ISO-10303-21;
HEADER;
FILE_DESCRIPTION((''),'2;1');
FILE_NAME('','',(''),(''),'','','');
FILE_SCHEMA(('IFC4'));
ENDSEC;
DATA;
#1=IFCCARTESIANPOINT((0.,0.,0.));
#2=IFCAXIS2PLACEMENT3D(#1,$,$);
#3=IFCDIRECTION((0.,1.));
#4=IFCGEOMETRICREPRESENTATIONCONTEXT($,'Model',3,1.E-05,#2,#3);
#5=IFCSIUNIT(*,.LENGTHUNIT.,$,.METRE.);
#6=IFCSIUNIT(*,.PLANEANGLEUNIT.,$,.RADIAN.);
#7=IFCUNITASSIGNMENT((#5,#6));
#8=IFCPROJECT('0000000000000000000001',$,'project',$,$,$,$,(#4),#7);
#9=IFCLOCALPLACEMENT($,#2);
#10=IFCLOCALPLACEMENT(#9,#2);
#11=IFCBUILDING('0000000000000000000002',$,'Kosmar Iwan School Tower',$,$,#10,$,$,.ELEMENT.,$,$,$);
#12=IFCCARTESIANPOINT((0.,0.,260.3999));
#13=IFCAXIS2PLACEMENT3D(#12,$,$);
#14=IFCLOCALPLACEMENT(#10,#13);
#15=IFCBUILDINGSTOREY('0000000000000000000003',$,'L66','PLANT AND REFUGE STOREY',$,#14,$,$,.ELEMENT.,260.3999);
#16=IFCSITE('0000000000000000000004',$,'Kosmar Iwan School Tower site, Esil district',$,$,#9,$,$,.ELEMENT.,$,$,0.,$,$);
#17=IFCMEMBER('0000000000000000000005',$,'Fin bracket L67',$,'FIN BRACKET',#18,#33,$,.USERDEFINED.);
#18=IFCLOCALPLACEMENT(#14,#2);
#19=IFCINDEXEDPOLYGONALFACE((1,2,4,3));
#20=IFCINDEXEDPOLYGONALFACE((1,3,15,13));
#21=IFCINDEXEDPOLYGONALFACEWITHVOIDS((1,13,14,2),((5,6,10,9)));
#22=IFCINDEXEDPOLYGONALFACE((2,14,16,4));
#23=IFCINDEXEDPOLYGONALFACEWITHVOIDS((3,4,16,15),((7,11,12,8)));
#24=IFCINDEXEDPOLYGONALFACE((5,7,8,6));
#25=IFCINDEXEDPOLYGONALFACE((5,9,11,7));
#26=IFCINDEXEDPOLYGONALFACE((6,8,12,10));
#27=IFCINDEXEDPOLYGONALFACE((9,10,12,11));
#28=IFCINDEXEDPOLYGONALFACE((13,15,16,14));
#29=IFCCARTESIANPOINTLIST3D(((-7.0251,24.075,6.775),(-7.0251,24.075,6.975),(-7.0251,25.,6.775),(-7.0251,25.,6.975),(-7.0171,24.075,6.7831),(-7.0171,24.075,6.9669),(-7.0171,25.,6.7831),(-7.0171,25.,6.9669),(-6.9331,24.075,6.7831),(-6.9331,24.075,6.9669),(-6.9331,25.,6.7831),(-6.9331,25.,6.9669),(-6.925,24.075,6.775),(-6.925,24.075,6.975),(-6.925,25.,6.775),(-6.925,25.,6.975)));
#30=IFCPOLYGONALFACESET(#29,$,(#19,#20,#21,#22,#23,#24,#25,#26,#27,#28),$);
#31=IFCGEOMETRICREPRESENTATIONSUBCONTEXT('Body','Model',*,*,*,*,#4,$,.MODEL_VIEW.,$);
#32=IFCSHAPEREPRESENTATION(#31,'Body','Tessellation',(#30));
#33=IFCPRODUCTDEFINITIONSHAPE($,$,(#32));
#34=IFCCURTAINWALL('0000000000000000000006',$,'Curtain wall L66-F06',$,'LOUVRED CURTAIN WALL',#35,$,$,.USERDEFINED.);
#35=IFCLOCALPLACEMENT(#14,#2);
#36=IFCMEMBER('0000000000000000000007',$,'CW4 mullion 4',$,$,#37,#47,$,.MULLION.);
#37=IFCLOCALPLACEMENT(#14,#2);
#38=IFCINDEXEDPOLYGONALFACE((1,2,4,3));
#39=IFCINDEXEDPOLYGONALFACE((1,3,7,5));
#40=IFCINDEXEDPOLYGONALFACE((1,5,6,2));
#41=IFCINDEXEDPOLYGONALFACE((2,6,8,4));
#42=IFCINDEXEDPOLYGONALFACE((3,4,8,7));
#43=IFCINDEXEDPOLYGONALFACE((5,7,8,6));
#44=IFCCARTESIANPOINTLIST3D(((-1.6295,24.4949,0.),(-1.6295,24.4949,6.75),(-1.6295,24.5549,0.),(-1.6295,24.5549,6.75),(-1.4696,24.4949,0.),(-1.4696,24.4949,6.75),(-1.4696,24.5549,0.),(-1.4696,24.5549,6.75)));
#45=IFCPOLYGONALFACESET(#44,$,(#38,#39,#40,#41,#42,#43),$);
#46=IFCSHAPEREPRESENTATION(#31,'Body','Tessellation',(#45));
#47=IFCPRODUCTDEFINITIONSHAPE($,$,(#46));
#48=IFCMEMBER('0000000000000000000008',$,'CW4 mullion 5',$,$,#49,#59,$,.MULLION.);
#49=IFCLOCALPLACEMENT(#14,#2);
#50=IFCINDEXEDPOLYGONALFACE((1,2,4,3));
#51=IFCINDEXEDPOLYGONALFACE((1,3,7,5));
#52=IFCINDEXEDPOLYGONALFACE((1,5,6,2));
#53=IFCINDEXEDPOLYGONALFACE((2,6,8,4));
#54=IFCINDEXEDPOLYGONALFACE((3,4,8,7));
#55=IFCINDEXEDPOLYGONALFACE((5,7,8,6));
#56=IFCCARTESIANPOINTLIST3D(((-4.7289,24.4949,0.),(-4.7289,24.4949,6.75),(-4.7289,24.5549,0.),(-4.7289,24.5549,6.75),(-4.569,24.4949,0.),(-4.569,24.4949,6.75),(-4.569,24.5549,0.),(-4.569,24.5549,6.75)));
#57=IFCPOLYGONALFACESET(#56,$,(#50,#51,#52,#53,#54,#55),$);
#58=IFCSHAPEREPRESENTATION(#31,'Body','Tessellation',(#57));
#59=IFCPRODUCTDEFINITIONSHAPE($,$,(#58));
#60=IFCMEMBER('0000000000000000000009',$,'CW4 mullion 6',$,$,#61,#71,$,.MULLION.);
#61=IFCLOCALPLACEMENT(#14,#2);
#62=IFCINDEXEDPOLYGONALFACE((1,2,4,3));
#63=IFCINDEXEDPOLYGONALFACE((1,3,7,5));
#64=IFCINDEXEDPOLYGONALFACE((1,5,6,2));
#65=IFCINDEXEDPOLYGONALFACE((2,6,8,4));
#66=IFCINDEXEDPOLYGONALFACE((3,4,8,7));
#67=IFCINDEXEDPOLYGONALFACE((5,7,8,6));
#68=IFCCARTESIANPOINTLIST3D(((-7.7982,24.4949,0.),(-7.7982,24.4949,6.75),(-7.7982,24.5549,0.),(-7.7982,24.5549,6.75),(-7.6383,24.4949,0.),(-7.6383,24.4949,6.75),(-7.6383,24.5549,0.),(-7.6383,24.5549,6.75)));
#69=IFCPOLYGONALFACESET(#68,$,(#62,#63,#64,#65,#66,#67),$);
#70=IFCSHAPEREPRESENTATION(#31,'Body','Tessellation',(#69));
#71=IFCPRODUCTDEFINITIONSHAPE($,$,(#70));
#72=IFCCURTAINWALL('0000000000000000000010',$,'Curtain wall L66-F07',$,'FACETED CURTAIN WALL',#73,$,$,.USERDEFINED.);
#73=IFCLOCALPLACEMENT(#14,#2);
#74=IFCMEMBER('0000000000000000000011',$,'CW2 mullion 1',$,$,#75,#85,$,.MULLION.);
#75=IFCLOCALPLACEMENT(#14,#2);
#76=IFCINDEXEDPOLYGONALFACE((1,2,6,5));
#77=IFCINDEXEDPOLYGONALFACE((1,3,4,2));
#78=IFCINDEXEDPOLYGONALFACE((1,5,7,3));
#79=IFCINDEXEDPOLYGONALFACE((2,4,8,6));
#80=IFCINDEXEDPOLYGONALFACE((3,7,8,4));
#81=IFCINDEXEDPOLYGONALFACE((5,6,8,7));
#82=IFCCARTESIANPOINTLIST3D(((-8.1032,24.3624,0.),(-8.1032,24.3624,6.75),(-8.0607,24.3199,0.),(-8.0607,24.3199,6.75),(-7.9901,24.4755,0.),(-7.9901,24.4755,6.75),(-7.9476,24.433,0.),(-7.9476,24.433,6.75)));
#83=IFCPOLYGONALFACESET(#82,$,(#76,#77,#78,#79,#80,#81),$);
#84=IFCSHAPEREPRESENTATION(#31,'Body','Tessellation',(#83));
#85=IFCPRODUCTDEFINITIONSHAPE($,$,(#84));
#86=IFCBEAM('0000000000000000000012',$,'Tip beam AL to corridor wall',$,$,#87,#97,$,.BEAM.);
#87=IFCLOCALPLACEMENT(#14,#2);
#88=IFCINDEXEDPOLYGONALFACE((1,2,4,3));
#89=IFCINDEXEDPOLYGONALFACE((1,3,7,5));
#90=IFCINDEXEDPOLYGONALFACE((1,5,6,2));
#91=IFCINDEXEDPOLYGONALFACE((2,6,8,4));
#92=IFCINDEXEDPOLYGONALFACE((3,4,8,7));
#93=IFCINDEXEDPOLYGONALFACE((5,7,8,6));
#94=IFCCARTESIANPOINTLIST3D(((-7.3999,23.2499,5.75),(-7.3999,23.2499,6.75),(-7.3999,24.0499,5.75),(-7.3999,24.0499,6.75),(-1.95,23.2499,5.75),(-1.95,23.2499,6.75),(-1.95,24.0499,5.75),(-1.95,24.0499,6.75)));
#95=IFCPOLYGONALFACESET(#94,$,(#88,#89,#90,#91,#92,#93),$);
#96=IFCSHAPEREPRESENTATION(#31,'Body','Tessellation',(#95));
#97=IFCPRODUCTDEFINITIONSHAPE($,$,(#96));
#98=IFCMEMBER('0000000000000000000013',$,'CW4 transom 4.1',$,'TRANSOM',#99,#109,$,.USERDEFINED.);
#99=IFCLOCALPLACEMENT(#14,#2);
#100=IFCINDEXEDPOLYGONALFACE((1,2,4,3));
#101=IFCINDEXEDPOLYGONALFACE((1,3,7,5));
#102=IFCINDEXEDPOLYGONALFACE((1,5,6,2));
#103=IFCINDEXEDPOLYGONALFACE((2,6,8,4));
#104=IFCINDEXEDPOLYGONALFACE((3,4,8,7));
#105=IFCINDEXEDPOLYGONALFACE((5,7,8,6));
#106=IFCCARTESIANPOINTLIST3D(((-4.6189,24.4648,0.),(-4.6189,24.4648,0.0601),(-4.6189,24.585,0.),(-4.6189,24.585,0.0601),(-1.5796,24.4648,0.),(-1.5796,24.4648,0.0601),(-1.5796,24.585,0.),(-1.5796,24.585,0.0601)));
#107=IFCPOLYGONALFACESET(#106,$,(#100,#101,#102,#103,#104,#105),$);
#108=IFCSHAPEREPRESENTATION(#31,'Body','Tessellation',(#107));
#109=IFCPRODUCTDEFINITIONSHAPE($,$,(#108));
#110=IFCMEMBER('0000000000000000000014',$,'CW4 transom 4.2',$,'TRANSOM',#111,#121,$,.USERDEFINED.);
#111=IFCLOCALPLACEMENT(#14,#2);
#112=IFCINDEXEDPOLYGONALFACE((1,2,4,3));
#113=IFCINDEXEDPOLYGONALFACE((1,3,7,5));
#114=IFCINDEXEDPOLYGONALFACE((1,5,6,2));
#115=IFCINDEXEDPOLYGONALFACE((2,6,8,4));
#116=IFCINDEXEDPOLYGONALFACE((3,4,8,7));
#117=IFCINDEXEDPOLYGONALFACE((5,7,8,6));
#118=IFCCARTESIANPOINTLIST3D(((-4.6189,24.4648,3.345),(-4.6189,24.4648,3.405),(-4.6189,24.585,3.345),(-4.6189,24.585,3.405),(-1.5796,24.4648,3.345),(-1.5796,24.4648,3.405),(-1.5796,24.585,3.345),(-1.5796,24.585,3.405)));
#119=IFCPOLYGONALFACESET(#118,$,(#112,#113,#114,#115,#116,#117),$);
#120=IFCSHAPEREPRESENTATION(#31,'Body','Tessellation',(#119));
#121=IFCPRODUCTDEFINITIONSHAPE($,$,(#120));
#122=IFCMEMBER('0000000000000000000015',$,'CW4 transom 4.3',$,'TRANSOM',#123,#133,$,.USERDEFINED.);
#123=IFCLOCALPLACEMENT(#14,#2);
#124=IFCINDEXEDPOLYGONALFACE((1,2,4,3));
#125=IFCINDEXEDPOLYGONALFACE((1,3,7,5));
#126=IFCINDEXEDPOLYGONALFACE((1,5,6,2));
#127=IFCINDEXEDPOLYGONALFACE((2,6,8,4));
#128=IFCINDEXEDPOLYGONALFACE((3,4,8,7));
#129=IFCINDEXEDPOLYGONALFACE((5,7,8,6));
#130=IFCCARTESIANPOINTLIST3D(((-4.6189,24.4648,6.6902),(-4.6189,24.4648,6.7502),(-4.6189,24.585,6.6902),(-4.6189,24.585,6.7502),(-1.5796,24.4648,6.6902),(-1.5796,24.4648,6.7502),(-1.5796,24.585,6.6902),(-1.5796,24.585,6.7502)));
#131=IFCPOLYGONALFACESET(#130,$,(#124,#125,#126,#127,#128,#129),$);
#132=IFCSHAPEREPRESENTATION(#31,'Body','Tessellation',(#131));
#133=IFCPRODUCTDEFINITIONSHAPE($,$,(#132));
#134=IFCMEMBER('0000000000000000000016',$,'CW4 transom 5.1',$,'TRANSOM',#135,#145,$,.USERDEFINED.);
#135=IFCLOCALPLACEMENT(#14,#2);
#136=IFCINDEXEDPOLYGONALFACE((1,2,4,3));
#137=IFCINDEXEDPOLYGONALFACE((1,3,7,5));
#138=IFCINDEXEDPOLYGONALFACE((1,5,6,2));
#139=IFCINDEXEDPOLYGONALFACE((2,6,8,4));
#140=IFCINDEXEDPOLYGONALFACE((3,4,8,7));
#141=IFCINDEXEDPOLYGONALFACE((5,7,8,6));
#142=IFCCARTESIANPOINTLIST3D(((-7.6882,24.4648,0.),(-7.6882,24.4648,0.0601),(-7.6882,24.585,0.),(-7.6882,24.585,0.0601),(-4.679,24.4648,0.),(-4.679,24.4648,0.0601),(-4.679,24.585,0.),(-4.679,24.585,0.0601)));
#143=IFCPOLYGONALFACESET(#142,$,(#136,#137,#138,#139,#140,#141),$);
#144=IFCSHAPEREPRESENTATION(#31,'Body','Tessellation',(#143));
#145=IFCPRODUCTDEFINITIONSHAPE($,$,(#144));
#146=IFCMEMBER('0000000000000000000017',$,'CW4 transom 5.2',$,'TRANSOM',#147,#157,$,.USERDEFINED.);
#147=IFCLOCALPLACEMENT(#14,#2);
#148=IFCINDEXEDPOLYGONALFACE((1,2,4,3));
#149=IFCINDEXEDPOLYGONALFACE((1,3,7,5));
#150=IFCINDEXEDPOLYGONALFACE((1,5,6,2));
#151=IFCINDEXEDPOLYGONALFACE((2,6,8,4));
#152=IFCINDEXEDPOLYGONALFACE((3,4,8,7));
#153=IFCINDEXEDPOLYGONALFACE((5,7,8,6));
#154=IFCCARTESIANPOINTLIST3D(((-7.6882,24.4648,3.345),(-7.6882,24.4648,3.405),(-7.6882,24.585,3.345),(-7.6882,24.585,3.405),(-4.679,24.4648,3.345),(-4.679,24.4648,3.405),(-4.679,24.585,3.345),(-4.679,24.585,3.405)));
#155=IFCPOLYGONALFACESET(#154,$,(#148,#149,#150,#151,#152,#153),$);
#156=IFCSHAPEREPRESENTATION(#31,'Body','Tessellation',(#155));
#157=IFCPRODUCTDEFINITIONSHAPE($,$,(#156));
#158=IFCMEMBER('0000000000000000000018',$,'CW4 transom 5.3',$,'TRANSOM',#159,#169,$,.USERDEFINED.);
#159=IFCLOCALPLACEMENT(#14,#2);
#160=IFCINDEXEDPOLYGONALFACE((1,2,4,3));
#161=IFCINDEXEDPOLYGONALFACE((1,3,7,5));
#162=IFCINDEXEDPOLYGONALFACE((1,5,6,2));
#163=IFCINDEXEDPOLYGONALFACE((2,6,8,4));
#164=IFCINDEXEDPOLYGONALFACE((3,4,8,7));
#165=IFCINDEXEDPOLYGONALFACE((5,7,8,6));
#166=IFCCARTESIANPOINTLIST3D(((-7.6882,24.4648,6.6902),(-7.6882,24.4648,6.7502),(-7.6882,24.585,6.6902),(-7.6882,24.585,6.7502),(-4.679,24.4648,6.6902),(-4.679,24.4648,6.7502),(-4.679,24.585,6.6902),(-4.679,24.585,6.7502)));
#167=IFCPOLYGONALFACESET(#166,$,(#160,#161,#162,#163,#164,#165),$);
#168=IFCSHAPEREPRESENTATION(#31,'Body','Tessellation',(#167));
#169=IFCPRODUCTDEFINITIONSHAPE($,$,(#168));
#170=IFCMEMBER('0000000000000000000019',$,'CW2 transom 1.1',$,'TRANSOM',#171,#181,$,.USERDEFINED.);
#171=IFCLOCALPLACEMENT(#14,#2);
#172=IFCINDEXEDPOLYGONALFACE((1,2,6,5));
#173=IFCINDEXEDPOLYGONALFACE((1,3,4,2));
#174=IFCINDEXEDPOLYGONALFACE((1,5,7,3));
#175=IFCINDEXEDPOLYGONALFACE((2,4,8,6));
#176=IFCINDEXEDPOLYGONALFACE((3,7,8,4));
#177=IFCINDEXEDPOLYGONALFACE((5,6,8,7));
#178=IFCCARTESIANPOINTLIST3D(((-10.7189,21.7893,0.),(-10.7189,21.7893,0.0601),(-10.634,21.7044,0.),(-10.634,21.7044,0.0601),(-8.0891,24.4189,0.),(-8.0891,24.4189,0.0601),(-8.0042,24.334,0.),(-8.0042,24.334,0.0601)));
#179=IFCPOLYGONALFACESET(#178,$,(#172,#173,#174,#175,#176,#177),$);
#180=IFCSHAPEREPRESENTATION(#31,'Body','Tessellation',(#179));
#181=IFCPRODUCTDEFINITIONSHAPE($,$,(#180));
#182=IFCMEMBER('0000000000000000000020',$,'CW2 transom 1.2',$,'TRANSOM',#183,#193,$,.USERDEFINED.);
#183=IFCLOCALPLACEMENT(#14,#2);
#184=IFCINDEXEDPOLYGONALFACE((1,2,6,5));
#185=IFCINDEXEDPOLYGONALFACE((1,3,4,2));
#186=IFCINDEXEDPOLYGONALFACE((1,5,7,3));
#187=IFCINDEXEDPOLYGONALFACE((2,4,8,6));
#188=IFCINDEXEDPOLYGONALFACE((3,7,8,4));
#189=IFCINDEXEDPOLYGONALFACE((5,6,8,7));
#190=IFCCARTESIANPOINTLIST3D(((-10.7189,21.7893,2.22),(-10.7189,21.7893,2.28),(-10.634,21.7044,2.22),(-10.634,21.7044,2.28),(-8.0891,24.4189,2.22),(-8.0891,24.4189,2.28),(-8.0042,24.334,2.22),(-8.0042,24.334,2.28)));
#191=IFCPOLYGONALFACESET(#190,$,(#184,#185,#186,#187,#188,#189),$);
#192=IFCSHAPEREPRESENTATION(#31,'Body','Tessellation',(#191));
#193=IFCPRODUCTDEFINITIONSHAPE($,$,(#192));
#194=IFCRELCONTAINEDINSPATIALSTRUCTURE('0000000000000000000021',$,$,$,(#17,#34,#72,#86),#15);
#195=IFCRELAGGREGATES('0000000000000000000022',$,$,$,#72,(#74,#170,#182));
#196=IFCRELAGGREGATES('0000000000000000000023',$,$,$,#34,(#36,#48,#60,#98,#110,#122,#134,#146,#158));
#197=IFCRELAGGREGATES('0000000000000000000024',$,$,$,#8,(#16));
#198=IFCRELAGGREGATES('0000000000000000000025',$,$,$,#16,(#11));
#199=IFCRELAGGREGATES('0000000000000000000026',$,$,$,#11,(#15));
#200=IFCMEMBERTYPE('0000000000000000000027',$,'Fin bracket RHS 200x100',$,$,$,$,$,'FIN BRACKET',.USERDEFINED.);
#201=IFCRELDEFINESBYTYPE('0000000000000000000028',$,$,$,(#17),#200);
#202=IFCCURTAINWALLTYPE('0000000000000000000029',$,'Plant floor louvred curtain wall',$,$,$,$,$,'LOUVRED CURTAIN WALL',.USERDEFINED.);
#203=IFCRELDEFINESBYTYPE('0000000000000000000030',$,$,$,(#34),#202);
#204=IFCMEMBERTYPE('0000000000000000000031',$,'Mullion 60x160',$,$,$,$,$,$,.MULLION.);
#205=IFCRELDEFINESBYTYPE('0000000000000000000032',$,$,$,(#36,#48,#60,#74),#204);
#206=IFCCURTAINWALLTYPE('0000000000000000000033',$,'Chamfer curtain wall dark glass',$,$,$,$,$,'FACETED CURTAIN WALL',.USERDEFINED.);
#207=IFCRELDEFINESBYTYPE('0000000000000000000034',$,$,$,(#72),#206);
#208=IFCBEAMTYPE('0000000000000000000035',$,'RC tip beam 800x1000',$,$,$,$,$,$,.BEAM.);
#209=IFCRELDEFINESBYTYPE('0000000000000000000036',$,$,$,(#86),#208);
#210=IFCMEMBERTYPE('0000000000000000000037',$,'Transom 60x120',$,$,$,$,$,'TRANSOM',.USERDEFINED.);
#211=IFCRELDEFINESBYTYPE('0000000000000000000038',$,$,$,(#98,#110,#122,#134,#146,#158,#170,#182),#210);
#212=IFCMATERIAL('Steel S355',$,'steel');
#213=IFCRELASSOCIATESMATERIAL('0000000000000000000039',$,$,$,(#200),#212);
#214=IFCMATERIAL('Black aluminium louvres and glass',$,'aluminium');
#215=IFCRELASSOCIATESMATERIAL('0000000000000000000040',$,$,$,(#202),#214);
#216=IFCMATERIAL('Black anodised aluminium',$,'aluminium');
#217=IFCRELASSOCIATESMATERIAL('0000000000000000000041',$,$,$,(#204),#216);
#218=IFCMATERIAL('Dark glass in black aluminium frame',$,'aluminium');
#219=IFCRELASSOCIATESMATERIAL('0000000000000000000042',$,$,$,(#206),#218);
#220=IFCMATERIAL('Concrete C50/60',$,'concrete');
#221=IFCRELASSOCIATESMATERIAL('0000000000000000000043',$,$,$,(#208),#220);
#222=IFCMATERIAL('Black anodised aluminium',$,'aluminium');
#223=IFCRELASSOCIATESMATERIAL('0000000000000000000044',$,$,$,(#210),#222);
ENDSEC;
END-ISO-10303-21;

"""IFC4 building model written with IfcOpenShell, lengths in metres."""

from ifc_helpers import new_model, si_unit, direction, frame, origin, origin_2d, place, context, subcontext, project, spatial, rectangle, hollow_rectangle, extrude, material, material_profile, profile_set, type_object, element, aggregate, save


model = new_model("IFC4")

# Units and contexts
model_context = context("Model", 3, precision=1e-05, world=origin(), true_north=direction((0.0, 1.0)))
body_context = subcontext(model_context, "Body", "Model", "MODEL_VIEW")
ifc_project = project(units=[si_unit("LENGTHUNIT", "METRE"), si_unit("PLANEANGLEUNIT", "RADIAN")], contexts=[model_context])

# Site, building, storey
site_placement = place(None, origin())
site = spatial("IfcSite", under=ifc_project, at=site_placement, Name="Kosmar Iwan School Tower site, Esil district", CompositionType="ELEMENT", RefElevation=0.0)
building_placement = place(site_placement, origin())
building = spatial("IfcBuilding", under=site, at=building_placement, Name="Kosmar Iwan School Tower", CompositionType="ELEMENT")
storey_placement = place(building_placement, frame((0.0, 0.0, 260.3999)))
storey = spatial("IfcBuildingStorey", under=building, at=storey_placement, Name="L66", Description="PLANT AND REFUGE STOREY", CompositionType="ELEMENT", Elevation=260.3999)

# Member
ifc_material_1 = material(Name="Steel S355", Category="steel")
ifc_material_profile_1 = material_profile(ifc_material_1, hollow_rectangle(XDim=0.1001, YDim=0.2, WallThickness=0.0081, at=origin_2d()), Name="RHS 200x100x8")
ifc_profile_set_1 = profile_set([ifc_material_profile_1], Name="Steel S355")
member_type_1 = type_object("IfcMemberType", Name="Fin bracket RHS 200x100", ElementType="FIN BRACKET", PredefinedType="USERDEFINED", material=ifc_profile_set_1)
member_1_placement = place(storey_placement, frame((-6.9751, 24.075, 6.875), z_axis=(0.0, 1.0, 0.0), x_axis=(-1.0, 0.0, 0.0)))
element("IfcMember", 1, at=member_1_placement, inside=storey, type_object=member_type_1, Name="Fin bracket L67", ObjectType="FIN BRACKET", PredefinedType="USERDEFINED", context=body_context, shape_type="SweptSolid", body=[
    extrude(hollow_rectangle(XDim=0.1001, YDim=0.2, WallThickness=0.0081, at=origin_2d()), origin(), (0.0, 0.0, 1.0), 0.925),
])

# Curtain wall, members
ifc_material_2 = material(Name="Black aluminium louvres and glass", Category="aluminium")
curtain_wall_type_1 = type_object("IfcCurtainWallType", Name="Plant floor louvred curtain wall", ElementType="LOUVRED CURTAIN WALL", PredefinedType="USERDEFINED", material=ifc_material_2)
curtain_wall_1_placement = place(storey_placement, origin())
curtain_wall_1 = element("IfcCurtainWall", 2, at=curtain_wall_1_placement, inside=storey, type_object=curtain_wall_type_1, Name="Curtain wall L66-F06", ObjectType="LOUVRED CURTAIN WALL", PredefinedType="USERDEFINED")
ifc_material_3 = material(Name="Black anodised aluminium", Category="aluminium")
ifc_material_profile_2 = material_profile(ifc_material_3, rectangle(XDim=0.0601, YDim=0.1599, at=origin_2d()), Name="MULLION 60x160")
ifc_profile_set_2 = profile_set([ifc_material_profile_2], Name="Black anodised aluminium")
member_type_2 = type_object("IfcMemberType", Name="Mullion 60x160", PredefinedType="MULLION", material=ifc_profile_set_2)
member_2_placement = place(storey_placement, frame((-1.5496, 24.5249, 0.0), z_axis=(0.0, 0.0, 1.0), x_axis=(0.0, -1.0, 0.0)))
member_2 = element("IfcMember", 3, at=member_2_placement, type_object=member_type_2, Name="CW4 mullion 4", PredefinedType="MULLION", context=body_context, shape_type="SweptSolid", body=[
    extrude(rectangle(XDim=0.0601, YDim=0.1599, at=origin_2d()), origin(), (0.0, 0.0, 1.0), 6.75),
])
member_3_placement = place(storey_placement, frame((-4.6489, 24.5249, 0.0), z_axis=(0.0, 0.0, 1.0), x_axis=(0.0, -1.0, 0.0)))
member_3 = element("IfcMember", 4, at=member_3_placement, type_object=member_type_2, Name="CW4 mullion 5", PredefinedType="MULLION", context=body_context, shape_type="SweptSolid", body=[
    extrude(rectangle(XDim=0.0601, YDim=0.1599, at=origin_2d()), origin(), (0.0, 0.0, 1.0), 6.75),
])
member_4_placement = place(storey_placement, frame((-7.7183, 24.5249, 0.0), z_axis=(0.0, 0.0, 1.0), x_axis=(0.0, -1.0, 0.0)))
member_4 = element("IfcMember", 5, at=member_4_placement, type_object=member_type_2, Name="CW4 mullion 6", PredefinedType="MULLION", context=body_context, shape_type="SweptSolid", body=[
    extrude(rectangle(XDim=0.0601, YDim=0.1599, at=origin_2d()), origin(), (0.0, 0.0, 1.0), 6.75),
])

# Curtain wall, member
ifc_material_4 = material(Name="Dark glass in black aluminium frame", Category="aluminium")
curtain_wall_type_2 = type_object("IfcCurtainWallType", Name="Chamfer curtain wall dark glass", ElementType="FACETED CURTAIN WALL", PredefinedType="USERDEFINED", material=ifc_material_4)
curtain_wall_2_placement = place(storey_placement, origin())
curtain_wall_2 = element("IfcCurtainWall", 6, at=curtain_wall_2_placement, inside=storey, type_object=curtain_wall_type_2, Name="Curtain wall L66-F07", ObjectType="FACETED CURTAIN WALL", PredefinedType="USERDEFINED")
member_5_placement = place(storey_placement, frame((-8.0254, 24.3977, 0.0), z_axis=(0.0, 0.0, 1.0), x_axis=(0.707107, -0.707107, 0.0)))
member_5 = element("IfcMember", 7, at=member_5_placement, type_object=member_type_2, Name="CW2 mullion 1", PredefinedType="MULLION", context=body_context, shape_type="SweptSolid", body=[
    extrude(rectangle(XDim=0.0601, YDim=0.1599, at=origin_2d()), origin(), (0.0, 0.0, 1.0), 6.75),
])

# Beam
ifc_material_5 = material(Name="Concrete C50/60", Category="concrete")
ifc_material_profile_3 = material_profile(ifc_material_5, rectangle(XDim=0.8, YDim=1.0, at=origin_2d()), Name="RC 800x1000")
ifc_profile_set_3 = profile_set([ifc_material_profile_3], Name="Concrete C50/60")
beam_type = type_object("IfcBeamType", Name="RC tip beam 800x1000", PredefinedType="BEAM", material=ifc_profile_set_3)
beam_placement = place(storey_placement, frame((-7.3999, 23.6499, 6.25), z_axis=(1.0, 0.0, 0.0), x_axis=(0.0, 1.0, 0.0)))
element("IfcBeam", 8, at=beam_placement, inside=storey, type_object=beam_type, Name="Tip beam AL to corridor wall", PredefinedType="BEAM", context=body_context, shape_type="SweptSolid", body=[
    extrude(rectangle(XDim=0.8, YDim=1.0, at=origin_2d()), origin(), (0.0, 0.0, 1.0), 5.45),
])

# Members
ifc_material_6 = material(Name="Black anodised aluminium", Category="aluminium")
ifc_material_profile_4 = material_profile(ifc_material_6, rectangle(XDim=0.1201, YDim=0.0601, at=origin_2d()), Name="TRANSOM 60x120")
ifc_profile_set_4 = profile_set([ifc_material_profile_4], Name="Black anodised aluminium")
member_type_3 = type_object("IfcMemberType", Name="Transom 60x120", ElementType="TRANSOM", PredefinedType="USERDEFINED", material=ifc_profile_set_4)
member_6_placement = place(storey_placement, frame((-1.5796, 24.5249, 0.03), z_axis=(-1.0, 0.0, 0.0), x_axis=(0.0, -1.0, 0.0)))
member_6 = element("IfcMember", 9, at=member_6_placement, type_object=member_type_3, Name="CW4 transom 4.1", ObjectType="TRANSOM", PredefinedType="USERDEFINED", context=body_context, shape_type="SweptSolid", body=[
    extrude(rectangle(XDim=0.1201, YDim=0.0601, at=origin_2d()), origin(), (0.0, 0.0, 1.0), 3.0393),
])
member_7_placement = place(storey_placement, frame((-1.5796, 24.5249, 3.375), z_axis=(-1.0, 0.0, 0.0), x_axis=(0.0, -1.0, 0.0)))
member_7 = element("IfcMember", 10, at=member_7_placement, type_object=member_type_3, Name="CW4 transom 4.2", ObjectType="TRANSOM", PredefinedType="USERDEFINED", context=body_context, shape_type="SweptSolid", body=[
    extrude(rectangle(XDim=0.1201, YDim=0.0601, at=origin_2d()), origin(), (0.0, 0.0, 1.0), 3.0393),
])
member_8_placement = place(storey_placement, frame((-1.5796, 24.5249, 6.7202), z_axis=(-1.0, 0.0, 0.0), x_axis=(0.0, -1.0, 0.0)))
member_8 = element("IfcMember", 11, at=member_8_placement, type_object=member_type_3, Name="CW4 transom 4.3", ObjectType="TRANSOM", PredefinedType="USERDEFINED", context=body_context, shape_type="SweptSolid", body=[
    extrude(rectangle(XDim=0.1201, YDim=0.0601, at=origin_2d()), origin(), (0.0, 0.0, 1.0), 3.0393),
])
member_9_placement = place(storey_placement, frame((-4.679, 24.5249, 0.03), z_axis=(-1.0, 0.0, 0.0), x_axis=(0.0, -1.0, 0.0)))
member_9 = element("IfcMember", 12, at=member_9_placement, type_object=member_type_3, Name="CW4 transom 5.1", ObjectType="TRANSOM", PredefinedType="USERDEFINED", context=body_context, shape_type="SweptSolid", body=[
    extrude(rectangle(XDim=0.1201, YDim=0.0601, at=origin_2d()), origin(), (0.0, 0.0, 1.0), 3.0093),
])
member_10_placement = place(storey_placement, frame((-4.679, 24.5249, 3.375), z_axis=(-1.0, 0.0, 0.0), x_axis=(0.0, -1.0, 0.0)))
member_10 = element("IfcMember", 13, at=member_10_placement, type_object=member_type_3, Name="CW4 transom 5.2", ObjectType="TRANSOM", PredefinedType="USERDEFINED", context=body_context, shape_type="SweptSolid", body=[
    extrude(rectangle(XDim=0.1201, YDim=0.0601, at=origin_2d()), origin(), (0.0, 0.0, 1.0), 3.0093),
])
member_11_placement = place(storey_placement, frame((-4.679, 24.5249, 6.7202), z_axis=(-1.0, 0.0, 0.0), x_axis=(0.0, -1.0, 0.0)))
member_11 = element("IfcMember", 14, at=member_11_placement, type_object=member_type_3, Name="CW4 transom 5.3", ObjectType="TRANSOM", PredefinedType="USERDEFINED", context=body_context, shape_type="SweptSolid", body=[
    extrude(rectangle(XDim=0.1201, YDim=0.0601, at=origin_2d()), origin(), (0.0, 0.0, 1.0), 3.0093),
])
member_12_placement = place(storey_placement, frame((-8.0466, 24.3765, 0.03), z_axis=(-0.70714, -0.707074, 0.0), x_axis=(0.707074, -0.70714, 0.0)))
member_12 = element("IfcMember", 15, at=member_12_placement, type_object=member_type_3, Name="CW2 transom 1.1", ObjectType="TRANSOM", PredefinedType="USERDEFINED", context=body_context, shape_type="SweptSolid", body=[
    extrude(rectangle(XDim=0.1201, YDim=0.0601, at=origin_2d()), origin(), (0.0, 0.0, 1.0), 3.719),
])
member_13_placement = place(storey_placement, frame((-8.0466, 24.3765, 2.25), z_axis=(-0.70714, -0.707074, 0.0), x_axis=(0.707074, -0.70714, 0.0)))
member_13 = element("IfcMember", 16, at=member_13_placement, type_object=member_type_3, Name="CW2 transom 1.2", ObjectType="TRANSOM", PredefinedType="USERDEFINED", context=body_context, shape_type="SweptSolid", body=[
    extrude(rectangle(XDim=0.1201, YDim=0.0601, at=origin_2d()), origin(), (0.0, 0.0, 1.0), 3.719),
])
aggregate(curtain_wall_2, [member_5, member_12, member_13])

aggregate(curtain_wall_1, [member_2, member_3, member_4, member_6, member_7, member_8, member_9, member_10, member_11])

save(model, "model.ifc")
